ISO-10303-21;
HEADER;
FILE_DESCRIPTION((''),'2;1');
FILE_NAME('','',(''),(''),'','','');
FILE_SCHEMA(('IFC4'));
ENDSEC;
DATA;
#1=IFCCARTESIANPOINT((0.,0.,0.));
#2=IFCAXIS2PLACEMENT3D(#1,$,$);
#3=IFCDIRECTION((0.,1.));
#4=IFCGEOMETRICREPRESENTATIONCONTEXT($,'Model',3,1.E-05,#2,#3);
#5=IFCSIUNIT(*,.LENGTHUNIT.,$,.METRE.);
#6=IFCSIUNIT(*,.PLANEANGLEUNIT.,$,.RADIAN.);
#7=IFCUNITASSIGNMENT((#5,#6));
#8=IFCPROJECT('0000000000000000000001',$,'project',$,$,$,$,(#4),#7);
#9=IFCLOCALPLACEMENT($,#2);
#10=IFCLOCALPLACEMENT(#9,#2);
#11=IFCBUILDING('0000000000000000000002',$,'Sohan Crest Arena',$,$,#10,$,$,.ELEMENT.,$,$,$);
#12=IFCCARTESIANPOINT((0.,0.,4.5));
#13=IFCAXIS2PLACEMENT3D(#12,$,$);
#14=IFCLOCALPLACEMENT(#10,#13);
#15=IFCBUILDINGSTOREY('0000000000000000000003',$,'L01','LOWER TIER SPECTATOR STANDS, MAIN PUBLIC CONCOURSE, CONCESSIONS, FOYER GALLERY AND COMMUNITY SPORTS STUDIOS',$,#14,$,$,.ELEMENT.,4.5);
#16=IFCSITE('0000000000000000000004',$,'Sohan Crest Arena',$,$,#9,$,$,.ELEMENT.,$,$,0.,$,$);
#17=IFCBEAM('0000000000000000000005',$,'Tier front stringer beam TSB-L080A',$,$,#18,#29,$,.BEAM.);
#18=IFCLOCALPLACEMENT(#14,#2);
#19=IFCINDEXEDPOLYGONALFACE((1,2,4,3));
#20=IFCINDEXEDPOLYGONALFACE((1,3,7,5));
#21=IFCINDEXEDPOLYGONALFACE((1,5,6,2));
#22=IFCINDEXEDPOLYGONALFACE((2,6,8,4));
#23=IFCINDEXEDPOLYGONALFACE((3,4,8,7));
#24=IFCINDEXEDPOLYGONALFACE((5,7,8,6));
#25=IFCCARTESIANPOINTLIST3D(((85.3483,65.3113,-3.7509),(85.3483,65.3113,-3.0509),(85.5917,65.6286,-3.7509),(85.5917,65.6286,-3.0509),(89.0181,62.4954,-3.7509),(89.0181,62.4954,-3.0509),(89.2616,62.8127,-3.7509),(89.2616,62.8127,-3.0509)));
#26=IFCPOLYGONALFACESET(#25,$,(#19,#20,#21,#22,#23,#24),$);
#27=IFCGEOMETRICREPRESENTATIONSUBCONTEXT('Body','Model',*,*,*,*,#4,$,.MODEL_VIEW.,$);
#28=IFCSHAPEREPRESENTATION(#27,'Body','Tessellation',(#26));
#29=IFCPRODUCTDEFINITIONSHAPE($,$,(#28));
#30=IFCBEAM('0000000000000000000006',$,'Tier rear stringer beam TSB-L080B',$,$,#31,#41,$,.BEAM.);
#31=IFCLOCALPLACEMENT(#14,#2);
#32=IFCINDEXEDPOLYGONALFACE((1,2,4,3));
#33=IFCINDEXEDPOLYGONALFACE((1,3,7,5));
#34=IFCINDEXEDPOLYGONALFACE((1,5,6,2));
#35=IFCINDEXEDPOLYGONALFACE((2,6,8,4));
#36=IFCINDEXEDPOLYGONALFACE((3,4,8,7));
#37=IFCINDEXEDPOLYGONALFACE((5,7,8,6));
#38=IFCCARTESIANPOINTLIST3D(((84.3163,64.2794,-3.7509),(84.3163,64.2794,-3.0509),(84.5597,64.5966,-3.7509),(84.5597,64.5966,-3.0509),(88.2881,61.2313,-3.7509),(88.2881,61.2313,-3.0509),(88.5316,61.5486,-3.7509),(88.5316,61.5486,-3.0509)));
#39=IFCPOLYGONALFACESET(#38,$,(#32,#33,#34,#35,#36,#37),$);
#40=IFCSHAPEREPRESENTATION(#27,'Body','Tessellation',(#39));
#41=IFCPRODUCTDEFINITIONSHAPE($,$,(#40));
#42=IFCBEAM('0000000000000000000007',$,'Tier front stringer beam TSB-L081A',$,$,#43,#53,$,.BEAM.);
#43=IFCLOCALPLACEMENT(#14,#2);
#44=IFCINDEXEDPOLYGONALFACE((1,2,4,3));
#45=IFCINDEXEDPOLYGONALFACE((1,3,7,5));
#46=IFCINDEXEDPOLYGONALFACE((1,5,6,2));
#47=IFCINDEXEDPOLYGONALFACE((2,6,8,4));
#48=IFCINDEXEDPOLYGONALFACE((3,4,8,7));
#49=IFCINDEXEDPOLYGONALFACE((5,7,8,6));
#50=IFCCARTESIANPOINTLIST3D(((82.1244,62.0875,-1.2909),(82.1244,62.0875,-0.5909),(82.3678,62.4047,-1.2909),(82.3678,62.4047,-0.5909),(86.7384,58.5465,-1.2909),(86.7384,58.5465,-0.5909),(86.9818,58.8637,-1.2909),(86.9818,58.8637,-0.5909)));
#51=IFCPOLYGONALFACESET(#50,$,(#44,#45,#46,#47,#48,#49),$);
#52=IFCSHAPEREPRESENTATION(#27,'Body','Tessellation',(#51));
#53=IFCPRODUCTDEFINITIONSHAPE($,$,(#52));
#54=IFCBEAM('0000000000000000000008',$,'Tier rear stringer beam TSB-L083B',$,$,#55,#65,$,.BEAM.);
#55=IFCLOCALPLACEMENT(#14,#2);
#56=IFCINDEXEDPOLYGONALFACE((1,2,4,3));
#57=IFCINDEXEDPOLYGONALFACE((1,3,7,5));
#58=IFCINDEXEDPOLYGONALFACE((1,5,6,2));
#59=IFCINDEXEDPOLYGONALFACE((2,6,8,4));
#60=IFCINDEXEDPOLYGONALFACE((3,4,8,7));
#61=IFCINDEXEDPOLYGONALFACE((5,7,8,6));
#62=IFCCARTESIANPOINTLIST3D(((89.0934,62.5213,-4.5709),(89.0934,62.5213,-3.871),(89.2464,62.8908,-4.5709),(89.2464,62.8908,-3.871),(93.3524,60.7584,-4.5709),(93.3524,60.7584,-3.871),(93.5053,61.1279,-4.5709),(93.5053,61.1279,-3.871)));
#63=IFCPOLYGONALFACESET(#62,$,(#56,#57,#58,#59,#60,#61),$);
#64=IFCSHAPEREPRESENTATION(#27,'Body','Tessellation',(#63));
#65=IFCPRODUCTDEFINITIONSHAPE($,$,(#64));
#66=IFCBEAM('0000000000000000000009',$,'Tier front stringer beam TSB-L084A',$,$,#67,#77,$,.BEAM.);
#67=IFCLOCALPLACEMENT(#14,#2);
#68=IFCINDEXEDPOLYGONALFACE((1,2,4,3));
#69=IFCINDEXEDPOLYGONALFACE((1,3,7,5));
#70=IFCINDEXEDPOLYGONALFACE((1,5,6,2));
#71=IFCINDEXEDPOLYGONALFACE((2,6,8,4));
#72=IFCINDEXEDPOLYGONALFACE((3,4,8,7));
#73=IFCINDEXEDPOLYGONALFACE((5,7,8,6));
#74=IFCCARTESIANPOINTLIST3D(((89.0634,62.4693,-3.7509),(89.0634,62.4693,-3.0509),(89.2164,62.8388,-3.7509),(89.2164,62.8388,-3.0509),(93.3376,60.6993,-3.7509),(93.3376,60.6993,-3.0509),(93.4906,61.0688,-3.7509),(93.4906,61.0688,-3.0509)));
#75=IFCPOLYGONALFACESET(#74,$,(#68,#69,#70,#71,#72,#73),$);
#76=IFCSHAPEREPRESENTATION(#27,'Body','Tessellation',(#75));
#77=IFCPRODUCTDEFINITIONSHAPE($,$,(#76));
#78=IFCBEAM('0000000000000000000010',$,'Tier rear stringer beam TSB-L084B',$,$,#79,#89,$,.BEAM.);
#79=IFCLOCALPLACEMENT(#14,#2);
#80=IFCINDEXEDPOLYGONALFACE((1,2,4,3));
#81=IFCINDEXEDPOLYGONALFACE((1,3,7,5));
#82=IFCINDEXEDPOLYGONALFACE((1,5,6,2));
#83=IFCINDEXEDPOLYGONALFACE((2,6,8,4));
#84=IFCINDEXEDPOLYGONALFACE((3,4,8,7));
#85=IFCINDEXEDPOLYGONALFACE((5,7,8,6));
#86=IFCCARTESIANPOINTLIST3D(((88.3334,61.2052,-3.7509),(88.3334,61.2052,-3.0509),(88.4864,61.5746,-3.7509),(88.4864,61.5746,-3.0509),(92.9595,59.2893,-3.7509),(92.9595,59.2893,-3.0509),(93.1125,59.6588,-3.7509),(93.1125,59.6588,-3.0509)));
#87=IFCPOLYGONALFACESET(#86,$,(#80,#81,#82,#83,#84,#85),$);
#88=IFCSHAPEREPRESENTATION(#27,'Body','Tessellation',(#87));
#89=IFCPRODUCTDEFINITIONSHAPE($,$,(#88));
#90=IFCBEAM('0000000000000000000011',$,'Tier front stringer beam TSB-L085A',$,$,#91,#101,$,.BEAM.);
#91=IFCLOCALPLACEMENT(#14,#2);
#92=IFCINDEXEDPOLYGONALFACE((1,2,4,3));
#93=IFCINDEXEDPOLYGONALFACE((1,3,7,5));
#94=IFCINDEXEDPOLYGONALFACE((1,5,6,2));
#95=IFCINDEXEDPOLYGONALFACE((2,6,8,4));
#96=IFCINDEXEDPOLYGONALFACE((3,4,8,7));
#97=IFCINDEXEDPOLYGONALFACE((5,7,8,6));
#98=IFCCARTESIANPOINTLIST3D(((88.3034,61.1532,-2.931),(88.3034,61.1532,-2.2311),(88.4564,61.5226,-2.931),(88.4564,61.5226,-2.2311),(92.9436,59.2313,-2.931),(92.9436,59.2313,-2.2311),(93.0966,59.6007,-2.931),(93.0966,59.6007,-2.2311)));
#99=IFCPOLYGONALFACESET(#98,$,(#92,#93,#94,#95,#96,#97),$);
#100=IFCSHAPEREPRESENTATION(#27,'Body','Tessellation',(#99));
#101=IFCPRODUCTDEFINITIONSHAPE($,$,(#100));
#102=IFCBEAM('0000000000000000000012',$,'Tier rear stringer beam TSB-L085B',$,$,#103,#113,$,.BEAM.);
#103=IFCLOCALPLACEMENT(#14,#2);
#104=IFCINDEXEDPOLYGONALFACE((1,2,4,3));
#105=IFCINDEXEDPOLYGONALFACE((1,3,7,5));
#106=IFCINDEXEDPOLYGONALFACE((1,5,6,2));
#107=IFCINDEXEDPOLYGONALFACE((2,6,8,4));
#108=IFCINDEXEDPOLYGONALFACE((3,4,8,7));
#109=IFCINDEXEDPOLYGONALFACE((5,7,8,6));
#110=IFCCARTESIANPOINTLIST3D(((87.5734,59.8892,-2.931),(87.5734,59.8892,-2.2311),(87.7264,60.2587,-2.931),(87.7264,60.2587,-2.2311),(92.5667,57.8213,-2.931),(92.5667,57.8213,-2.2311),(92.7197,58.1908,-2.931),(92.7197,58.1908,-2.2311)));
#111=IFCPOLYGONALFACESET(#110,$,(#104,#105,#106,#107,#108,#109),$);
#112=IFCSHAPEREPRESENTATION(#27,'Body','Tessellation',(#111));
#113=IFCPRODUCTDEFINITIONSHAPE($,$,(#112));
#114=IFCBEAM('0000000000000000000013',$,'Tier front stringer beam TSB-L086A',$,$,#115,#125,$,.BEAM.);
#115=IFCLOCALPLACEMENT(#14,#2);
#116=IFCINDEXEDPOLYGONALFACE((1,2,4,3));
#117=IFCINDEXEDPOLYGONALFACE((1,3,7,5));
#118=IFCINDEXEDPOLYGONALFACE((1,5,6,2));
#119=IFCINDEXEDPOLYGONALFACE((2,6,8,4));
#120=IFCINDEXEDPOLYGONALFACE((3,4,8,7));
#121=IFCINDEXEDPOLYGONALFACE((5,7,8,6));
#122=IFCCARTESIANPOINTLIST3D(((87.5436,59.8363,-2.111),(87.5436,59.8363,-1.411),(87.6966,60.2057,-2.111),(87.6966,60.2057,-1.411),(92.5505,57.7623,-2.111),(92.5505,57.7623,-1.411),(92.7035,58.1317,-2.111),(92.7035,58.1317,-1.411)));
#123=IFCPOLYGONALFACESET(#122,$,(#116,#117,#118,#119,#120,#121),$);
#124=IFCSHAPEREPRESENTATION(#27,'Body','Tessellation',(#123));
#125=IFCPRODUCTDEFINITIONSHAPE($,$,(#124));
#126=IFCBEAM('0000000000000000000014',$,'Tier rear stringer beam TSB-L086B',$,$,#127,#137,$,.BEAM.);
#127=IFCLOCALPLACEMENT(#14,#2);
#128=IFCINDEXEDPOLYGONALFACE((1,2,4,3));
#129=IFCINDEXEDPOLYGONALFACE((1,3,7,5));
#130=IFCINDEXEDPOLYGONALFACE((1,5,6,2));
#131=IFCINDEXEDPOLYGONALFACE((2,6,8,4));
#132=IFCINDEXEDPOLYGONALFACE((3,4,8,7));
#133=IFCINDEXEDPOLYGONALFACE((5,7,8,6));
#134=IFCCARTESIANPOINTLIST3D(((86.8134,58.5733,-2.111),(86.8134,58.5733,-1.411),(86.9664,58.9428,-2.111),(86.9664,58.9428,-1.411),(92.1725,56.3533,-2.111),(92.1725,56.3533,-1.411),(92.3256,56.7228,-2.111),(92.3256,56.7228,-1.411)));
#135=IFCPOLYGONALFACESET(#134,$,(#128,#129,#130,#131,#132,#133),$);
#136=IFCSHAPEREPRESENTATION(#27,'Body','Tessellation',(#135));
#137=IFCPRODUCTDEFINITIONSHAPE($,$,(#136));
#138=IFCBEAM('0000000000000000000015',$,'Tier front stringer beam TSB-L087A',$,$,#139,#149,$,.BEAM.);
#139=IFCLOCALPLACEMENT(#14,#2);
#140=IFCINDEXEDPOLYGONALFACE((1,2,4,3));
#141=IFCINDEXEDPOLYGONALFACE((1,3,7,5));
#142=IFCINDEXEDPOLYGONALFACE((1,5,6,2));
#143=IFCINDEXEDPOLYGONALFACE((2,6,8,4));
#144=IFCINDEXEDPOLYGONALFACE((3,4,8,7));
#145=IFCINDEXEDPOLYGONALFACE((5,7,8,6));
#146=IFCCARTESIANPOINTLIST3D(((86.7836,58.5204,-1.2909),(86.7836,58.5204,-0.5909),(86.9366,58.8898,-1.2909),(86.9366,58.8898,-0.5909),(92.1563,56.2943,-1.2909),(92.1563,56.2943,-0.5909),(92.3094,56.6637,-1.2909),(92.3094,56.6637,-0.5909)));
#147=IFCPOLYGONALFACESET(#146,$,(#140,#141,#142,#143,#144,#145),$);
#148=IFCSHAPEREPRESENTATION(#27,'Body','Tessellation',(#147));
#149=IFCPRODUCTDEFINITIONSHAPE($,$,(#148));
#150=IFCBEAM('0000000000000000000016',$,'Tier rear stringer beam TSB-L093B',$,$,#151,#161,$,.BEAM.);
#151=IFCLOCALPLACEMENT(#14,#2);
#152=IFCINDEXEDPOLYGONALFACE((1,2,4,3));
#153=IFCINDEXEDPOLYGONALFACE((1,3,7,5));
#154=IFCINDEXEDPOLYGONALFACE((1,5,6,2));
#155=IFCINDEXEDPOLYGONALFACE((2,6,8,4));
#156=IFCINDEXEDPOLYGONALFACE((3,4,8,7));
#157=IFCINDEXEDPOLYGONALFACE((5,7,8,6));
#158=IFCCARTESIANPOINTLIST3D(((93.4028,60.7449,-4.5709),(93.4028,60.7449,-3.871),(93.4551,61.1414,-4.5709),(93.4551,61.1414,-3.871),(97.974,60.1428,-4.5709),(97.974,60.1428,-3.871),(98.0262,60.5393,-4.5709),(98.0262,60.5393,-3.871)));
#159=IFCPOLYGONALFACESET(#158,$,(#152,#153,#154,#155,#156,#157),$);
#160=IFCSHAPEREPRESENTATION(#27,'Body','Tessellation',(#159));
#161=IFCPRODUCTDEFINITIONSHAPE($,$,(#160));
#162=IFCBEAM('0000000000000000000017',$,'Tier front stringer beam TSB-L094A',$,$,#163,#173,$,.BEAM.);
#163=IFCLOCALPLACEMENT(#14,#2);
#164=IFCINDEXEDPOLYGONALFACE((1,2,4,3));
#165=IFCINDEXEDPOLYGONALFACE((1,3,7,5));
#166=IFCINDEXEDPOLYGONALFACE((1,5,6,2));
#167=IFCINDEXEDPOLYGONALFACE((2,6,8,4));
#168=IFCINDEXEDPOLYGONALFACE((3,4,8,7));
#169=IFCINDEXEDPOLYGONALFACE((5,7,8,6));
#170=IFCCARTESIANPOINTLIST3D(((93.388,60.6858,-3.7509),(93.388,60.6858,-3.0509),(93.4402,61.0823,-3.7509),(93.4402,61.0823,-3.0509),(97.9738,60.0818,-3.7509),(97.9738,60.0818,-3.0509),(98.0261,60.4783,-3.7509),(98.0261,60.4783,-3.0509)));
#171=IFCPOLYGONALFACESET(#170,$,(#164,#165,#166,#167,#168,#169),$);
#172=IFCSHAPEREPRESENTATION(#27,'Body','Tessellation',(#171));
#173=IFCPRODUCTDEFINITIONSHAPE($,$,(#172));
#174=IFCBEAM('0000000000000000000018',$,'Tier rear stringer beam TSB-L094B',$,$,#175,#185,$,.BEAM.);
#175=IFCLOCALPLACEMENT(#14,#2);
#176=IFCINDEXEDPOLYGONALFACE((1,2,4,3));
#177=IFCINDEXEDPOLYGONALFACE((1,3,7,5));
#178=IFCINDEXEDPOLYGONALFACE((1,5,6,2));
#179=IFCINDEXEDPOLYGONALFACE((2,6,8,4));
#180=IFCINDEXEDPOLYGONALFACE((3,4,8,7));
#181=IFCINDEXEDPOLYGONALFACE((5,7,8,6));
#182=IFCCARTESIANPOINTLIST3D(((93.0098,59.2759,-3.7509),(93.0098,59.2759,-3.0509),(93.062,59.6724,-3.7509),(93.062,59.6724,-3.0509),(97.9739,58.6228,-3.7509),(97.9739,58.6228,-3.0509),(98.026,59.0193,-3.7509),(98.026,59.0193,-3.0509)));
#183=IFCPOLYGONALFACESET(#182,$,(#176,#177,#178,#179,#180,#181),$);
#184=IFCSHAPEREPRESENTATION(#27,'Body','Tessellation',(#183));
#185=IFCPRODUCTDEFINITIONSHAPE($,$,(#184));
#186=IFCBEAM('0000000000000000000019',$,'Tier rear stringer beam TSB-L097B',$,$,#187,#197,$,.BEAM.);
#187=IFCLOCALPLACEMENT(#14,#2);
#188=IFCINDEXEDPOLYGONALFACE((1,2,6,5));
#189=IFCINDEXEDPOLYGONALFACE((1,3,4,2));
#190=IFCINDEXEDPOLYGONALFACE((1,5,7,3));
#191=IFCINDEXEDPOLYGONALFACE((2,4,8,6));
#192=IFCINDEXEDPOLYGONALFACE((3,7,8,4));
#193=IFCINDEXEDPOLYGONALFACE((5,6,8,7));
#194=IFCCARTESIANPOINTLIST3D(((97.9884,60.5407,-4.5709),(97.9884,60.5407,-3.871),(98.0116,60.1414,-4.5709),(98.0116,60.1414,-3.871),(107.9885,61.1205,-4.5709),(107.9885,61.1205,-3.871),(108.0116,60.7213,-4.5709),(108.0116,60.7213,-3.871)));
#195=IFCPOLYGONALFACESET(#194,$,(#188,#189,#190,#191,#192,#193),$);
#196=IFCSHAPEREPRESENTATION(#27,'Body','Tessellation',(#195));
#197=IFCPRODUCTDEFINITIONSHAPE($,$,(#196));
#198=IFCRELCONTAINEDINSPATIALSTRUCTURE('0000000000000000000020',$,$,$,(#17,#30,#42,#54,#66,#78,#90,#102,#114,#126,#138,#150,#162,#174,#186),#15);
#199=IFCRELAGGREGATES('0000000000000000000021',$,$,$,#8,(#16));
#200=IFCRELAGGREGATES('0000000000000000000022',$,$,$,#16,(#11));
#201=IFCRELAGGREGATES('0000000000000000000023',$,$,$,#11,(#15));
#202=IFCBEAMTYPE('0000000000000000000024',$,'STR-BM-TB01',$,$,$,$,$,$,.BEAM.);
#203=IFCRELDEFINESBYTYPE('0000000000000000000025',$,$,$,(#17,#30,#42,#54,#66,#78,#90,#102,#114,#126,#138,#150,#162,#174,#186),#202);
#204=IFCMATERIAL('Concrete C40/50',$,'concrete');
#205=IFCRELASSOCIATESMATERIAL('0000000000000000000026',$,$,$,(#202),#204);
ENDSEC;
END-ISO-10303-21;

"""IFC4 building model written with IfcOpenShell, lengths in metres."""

from ifc_helpers import new_model, si_unit, direction, frame, origin, origin_2d, place, context, subcontext, project, spatial, rectangle, extrude, material, material_profile, profile_set, type_object, element, save


model = new_model("IFC4")

# Units and contexts
model_context = context("Model", 3, precision=1e-05, world=origin(), true_north=direction((0.0, 1.0)))
body_context = subcontext(model_context, "Body", "Model", "MODEL_VIEW")
ifc_project = project(units=[si_unit("LENGTHUNIT", "METRE"), si_unit("PLANEANGLEUNIT", "RADIAN")], contexts=[model_context])

# Site, building, storey
site_placement = place(None, origin())
site = spatial("IfcSite", under=ifc_project, at=site_placement, Name="Sohan Crest Arena", CompositionType="ELEMENT", RefElevation=0.0)
building_placement = place(site_placement, origin())
building = spatial("IfcBuilding", under=site, at=building_placement, Name="Sohan Crest Arena", CompositionType="ELEMENT")
storey_placement = place(building_placement, frame((0.0, 0.0, 4.5)))
storey = spatial("IfcBuildingStorey", under=building, at=storey_placement, Name="L01", Description="LOWER TIER SPECTATOR STANDS, MAIN PUBLIC CONCOURSE, CONCESSIONS, FOYER GALLERY AND COMMUNITY SPORTS STUDIOS", CompositionType="ELEMENT", Elevation=4.5)

# Shared definitions
ifc_material_1 = material(Name="Concrete C40/50", Category="concrete")

# Beams
ifc_material_profile_1 = material_profile(ifc_material_1, rectangle(XDim=0.3999, YDim=0.7, at=origin_2d()), Name="RC-BM 400x700")
ifc_profile_set_1 = profile_set([ifc_material_profile_1], Name="Concrete C40/50")
beam_type_1 = type_object("IfcBeamType", Name="STR-BM-TB01", PredefinedType="BEAM", material=ifc_profile_set_1)
beam_1_placement = place(storey_placement, frame((85.47, 65.47, -3.4009), z_axis=(0.793365, -0.608746, 0.0), x_axis=(0.608746, 0.793365, 0.0)))
element("IfcBeam", 1, at=beam_1_placement, inside=storey, type_object=beam_type_1, Name="Tier front stringer beam TSB-L080A", PredefinedType="BEAM", context=body_context, shape_type="SweptSolid", body=[
    extrude(rectangle(XDim=0.3999, YDim=0.7, at=origin_2d()), origin(), (0.0, 0.0, 1.0), 4.6257),
])
beam_2_placement = place(storey_placement, frame((84.438, 64.438, -3.4009), z_axis=(0.793321, -0.608803, 0.0), x_axis=(0.608803, 0.793321, 0.0)))
element("IfcBeam", 2, at=beam_2_placement, inside=storey, type_object=beam_type_1, Name="Tier rear stringer beam TSB-L080B", PredefinedType="BEAM", context=body_context, shape_type="SweptSolid", body=[
    extrude(rectangle(XDim=0.3999, YDim=0.7, at=origin_2d()), origin(), (0.0, 0.0, 1.0), 5.0066),
])
beam_3_placement = place(storey_placement, frame((82.2461, 62.2461, -0.9409), z_axis=(0.793307, -0.608822, 0.0), x_axis=(0.608822, 0.793307, 0.0)))
element("IfcBeam", 3, at=beam_3_placement, inside=storey, type_object=beam_type_1, Name="Tier front stringer beam TSB-L081A", PredefinedType="BEAM", context=body_context, shape_type="SweptSolid", body=[
    extrude(rectangle(XDim=0.3999, YDim=0.7, at=origin_2d()), origin(), (0.0, 0.0, 1.0), 5.8162),
])
beam_4_placement = place(storey_placement, frame((89.1699, 62.7061, -4.2209), z_axis=(0.923972, -0.382459, 0.0), x_axis=(0.382459, 0.923972, 0.0)))
element("IfcBeam", 4, at=beam_4_placement, inside=storey, type_object=beam_type_1, Name="Tier rear stringer beam TSB-L083B", PredefinedType="BEAM", context=body_context, shape_type="SweptSolid", body=[
    extrude(rectangle(XDim=0.3999, YDim=0.7, at=origin_2d()), origin(), (0.0, 0.0, 1.0), 4.6094),
])
beam_5_placement = place(storey_placement, frame((89.1399, 62.6541, -3.4009), z_axis=(0.92391, -0.38261, 0.0), x_axis=(0.38261, 0.92391, 0.0)))
element("IfcBeam", 5, at=beam_5_placement, inside=storey, type_object=beam_type_1, Name="Tier front stringer beam TSB-L084A", PredefinedType="BEAM", context=body_context, shape_type="SweptSolid", body=[
    extrude(rectangle(XDim=0.3999, YDim=0.7, at=origin_2d()), origin(), (0.0, 0.0, 1.0), 4.6262),
])
beam_6_placement = place(storey_placement, frame((88.4099, 61.3899, -3.4009), z_axis=(0.923906, -0.38262, 0.0), x_axis=(0.38262, 0.923906, 0.0)))
element("IfcBeam", 6, at=beam_6_placement, inside=storey, type_object=beam_type_1, Name="Tier rear stringer beam TSB-L084B", PredefinedType="BEAM", context=body_context, shape_type="SweptSolid", body=[
    extrude(rectangle(XDim=0.3999, YDim=0.7, at=origin_2d()), origin(), (0.0, 0.0, 1.0), 5.0071),
])
beam_7_placement = place(storey_placement, frame((88.3799, 61.3379, -2.5811), z_axis=(0.923889, -0.382661, 0.0), x_axis=(0.382661, 0.923889, 0.0)))
element("IfcBeam", 7, at=beam_7_placement, inside=storey, type_object=beam_type_1, Name="Tier front stringer beam TSB-L085A", PredefinedType="BEAM", context=body_context, shape_type="SweptSolid", body=[
    extrude(rectangle(XDim=0.3999, YDim=0.7, at=origin_2d()), origin(), (0.0, 0.0, 1.0), 5.0225),
])
beam_8_placement = place(storey_placement, frame((87.6499, 60.074, -2.5811), z_axis=(0.923903, -0.382626, 0.0), x_axis=(0.382626, 0.923903, 0.0)))
element("IfcBeam", 8, at=beam_8_placement, inside=storey, type_object=beam_type_1, Name="Tier rear stringer beam TSB-L085B", PredefinedType="BEAM", context=body_context, shape_type="SweptSolid", body=[
    extrude(rectangle(XDim=0.3999, YDim=0.7, at=origin_2d()), origin(), (0.0, 0.0, 1.0), 5.4045),
])
beam_9_placement = place(storey_placement, frame((87.6201, 60.021, -1.761), z_axis=(0.923875, -0.382695, 0.0), x_axis=(0.382695, 0.923875, 0.0)))
element("IfcBeam", 9, at=beam_9_placement, inside=storey, type_object=beam_type_1, Name="Tier front stringer beam TSB-L086A", PredefinedType="BEAM", context=body_context, shape_type="SweptSolid", body=[
    extrude(rectangle(XDim=0.3999, YDim=0.7, at=origin_2d()), origin(), (0.0, 0.0, 1.0), 5.4194),
])
beam_10_placement = place(storey_placement, frame((86.8899, 58.7581, -1.761), z_axis=(0.923871, -0.382705, 0.0), x_axis=(0.382705, 0.923871, 0.0)))
element("IfcBeam", 10, at=beam_10_placement, inside=storey, type_object=beam_type_1, Name="Tier rear stringer beam TSB-L086B", PredefinedType="BEAM", context=body_context, shape_type="SweptSolid", body=[
    extrude(rectangle(XDim=0.3999, YDim=0.7, at=origin_2d()), origin(), (0.0, 0.0, 1.0), 5.8008),
])
beam_11_placement = place(storey_placement, frame((86.8601, 58.7051, -0.9409), z_axis=(0.923844, -0.38277, 0.0), x_axis=(0.38277, 0.923844, 0.0)))
element("IfcBeam", 11, at=beam_11_placement, inside=storey, type_object=beam_type_1, Name="Tier front stringer beam TSB-L087A", PredefinedType="BEAM", context=body_context, shape_type="SweptSolid", body=[
    extrude(rectangle(XDim=0.3999, YDim=0.7, at=origin_2d()), origin(), (0.0, 0.0, 1.0), 5.8157),
])
beam_12_placement = place(storey_placement, frame((93.429, 60.9431, -4.2209), z_axis=(0.991438, -0.130582, 0.0), x_axis=(0.130582, 0.991438, 0.0)))
element("IfcBeam", 12, at=beam_12_placement, inside=storey, type_object=beam_type_1, Name="Tier rear stringer beam TSB-L093B", PredefinedType="BEAM", context=body_context, shape_type="SweptSolid", body=[
    extrude(rectangle(XDim=0.3999, YDim=0.7, at=origin_2d()), origin(), (0.0, 0.0, 1.0), 4.6106),
])
beam_13_placement = place(storey_placement, frame((93.4141, 60.884, -3.4009), z_axis=(0.991438, -0.13058, 0.0), x_axis=(0.13058, 0.991438, 0.0)))
element("IfcBeam", 13, at=beam_13_placement, inside=storey, type_object=beam_type_1, Name="Tier front stringer beam TSB-L094A", PredefinedType="BEAM", context=body_context, shape_type="SweptSolid", body=[
    extrude(rectangle(XDim=0.3999, YDim=0.7, at=origin_2d()), origin(), (0.0, 0.0, 1.0), 4.6255),
])
beam_14_placement = place(storey_placement, frame((93.0359, 59.4741, -3.4009), z_axis=(0.991457, -0.130436, 0.0), x_axis=(0.130436, 0.991457, 0.0)))
element("IfcBeam", 14, at=beam_14_placement, inside=storey, type_object=beam_type_1, Name="Tier rear stringer beam TSB-L094B", PredefinedType="BEAM", context=body_context, shape_type="SweptSolid", body=[
    extrude(rectangle(XDim=0.3999, YDim=0.7, at=origin_2d()), origin(), (0.0, 0.0, 1.0), 5.0068),
])
beam_15_placement = place(storey_placement, frame((98.0, 60.3411, -4.2209), z_axis=(0.998323, 0.057886, 0.0), x_axis=(-0.057886, 0.998323, 0.0)))
element("IfcBeam", 15, at=beam_15_placement, inside=storey, type_object=beam_type_1, Name="Tier rear stringer beam TSB-L097B", PredefinedType="BEAM", context=body_context, shape_type="SweptSolid", body=[
    extrude(rectangle(XDim=0.3999, YDim=0.7, at=origin_2d()), origin(), (0.0, 0.0, 1.0), 10.0168),
])

save(model, "model.ifc")
